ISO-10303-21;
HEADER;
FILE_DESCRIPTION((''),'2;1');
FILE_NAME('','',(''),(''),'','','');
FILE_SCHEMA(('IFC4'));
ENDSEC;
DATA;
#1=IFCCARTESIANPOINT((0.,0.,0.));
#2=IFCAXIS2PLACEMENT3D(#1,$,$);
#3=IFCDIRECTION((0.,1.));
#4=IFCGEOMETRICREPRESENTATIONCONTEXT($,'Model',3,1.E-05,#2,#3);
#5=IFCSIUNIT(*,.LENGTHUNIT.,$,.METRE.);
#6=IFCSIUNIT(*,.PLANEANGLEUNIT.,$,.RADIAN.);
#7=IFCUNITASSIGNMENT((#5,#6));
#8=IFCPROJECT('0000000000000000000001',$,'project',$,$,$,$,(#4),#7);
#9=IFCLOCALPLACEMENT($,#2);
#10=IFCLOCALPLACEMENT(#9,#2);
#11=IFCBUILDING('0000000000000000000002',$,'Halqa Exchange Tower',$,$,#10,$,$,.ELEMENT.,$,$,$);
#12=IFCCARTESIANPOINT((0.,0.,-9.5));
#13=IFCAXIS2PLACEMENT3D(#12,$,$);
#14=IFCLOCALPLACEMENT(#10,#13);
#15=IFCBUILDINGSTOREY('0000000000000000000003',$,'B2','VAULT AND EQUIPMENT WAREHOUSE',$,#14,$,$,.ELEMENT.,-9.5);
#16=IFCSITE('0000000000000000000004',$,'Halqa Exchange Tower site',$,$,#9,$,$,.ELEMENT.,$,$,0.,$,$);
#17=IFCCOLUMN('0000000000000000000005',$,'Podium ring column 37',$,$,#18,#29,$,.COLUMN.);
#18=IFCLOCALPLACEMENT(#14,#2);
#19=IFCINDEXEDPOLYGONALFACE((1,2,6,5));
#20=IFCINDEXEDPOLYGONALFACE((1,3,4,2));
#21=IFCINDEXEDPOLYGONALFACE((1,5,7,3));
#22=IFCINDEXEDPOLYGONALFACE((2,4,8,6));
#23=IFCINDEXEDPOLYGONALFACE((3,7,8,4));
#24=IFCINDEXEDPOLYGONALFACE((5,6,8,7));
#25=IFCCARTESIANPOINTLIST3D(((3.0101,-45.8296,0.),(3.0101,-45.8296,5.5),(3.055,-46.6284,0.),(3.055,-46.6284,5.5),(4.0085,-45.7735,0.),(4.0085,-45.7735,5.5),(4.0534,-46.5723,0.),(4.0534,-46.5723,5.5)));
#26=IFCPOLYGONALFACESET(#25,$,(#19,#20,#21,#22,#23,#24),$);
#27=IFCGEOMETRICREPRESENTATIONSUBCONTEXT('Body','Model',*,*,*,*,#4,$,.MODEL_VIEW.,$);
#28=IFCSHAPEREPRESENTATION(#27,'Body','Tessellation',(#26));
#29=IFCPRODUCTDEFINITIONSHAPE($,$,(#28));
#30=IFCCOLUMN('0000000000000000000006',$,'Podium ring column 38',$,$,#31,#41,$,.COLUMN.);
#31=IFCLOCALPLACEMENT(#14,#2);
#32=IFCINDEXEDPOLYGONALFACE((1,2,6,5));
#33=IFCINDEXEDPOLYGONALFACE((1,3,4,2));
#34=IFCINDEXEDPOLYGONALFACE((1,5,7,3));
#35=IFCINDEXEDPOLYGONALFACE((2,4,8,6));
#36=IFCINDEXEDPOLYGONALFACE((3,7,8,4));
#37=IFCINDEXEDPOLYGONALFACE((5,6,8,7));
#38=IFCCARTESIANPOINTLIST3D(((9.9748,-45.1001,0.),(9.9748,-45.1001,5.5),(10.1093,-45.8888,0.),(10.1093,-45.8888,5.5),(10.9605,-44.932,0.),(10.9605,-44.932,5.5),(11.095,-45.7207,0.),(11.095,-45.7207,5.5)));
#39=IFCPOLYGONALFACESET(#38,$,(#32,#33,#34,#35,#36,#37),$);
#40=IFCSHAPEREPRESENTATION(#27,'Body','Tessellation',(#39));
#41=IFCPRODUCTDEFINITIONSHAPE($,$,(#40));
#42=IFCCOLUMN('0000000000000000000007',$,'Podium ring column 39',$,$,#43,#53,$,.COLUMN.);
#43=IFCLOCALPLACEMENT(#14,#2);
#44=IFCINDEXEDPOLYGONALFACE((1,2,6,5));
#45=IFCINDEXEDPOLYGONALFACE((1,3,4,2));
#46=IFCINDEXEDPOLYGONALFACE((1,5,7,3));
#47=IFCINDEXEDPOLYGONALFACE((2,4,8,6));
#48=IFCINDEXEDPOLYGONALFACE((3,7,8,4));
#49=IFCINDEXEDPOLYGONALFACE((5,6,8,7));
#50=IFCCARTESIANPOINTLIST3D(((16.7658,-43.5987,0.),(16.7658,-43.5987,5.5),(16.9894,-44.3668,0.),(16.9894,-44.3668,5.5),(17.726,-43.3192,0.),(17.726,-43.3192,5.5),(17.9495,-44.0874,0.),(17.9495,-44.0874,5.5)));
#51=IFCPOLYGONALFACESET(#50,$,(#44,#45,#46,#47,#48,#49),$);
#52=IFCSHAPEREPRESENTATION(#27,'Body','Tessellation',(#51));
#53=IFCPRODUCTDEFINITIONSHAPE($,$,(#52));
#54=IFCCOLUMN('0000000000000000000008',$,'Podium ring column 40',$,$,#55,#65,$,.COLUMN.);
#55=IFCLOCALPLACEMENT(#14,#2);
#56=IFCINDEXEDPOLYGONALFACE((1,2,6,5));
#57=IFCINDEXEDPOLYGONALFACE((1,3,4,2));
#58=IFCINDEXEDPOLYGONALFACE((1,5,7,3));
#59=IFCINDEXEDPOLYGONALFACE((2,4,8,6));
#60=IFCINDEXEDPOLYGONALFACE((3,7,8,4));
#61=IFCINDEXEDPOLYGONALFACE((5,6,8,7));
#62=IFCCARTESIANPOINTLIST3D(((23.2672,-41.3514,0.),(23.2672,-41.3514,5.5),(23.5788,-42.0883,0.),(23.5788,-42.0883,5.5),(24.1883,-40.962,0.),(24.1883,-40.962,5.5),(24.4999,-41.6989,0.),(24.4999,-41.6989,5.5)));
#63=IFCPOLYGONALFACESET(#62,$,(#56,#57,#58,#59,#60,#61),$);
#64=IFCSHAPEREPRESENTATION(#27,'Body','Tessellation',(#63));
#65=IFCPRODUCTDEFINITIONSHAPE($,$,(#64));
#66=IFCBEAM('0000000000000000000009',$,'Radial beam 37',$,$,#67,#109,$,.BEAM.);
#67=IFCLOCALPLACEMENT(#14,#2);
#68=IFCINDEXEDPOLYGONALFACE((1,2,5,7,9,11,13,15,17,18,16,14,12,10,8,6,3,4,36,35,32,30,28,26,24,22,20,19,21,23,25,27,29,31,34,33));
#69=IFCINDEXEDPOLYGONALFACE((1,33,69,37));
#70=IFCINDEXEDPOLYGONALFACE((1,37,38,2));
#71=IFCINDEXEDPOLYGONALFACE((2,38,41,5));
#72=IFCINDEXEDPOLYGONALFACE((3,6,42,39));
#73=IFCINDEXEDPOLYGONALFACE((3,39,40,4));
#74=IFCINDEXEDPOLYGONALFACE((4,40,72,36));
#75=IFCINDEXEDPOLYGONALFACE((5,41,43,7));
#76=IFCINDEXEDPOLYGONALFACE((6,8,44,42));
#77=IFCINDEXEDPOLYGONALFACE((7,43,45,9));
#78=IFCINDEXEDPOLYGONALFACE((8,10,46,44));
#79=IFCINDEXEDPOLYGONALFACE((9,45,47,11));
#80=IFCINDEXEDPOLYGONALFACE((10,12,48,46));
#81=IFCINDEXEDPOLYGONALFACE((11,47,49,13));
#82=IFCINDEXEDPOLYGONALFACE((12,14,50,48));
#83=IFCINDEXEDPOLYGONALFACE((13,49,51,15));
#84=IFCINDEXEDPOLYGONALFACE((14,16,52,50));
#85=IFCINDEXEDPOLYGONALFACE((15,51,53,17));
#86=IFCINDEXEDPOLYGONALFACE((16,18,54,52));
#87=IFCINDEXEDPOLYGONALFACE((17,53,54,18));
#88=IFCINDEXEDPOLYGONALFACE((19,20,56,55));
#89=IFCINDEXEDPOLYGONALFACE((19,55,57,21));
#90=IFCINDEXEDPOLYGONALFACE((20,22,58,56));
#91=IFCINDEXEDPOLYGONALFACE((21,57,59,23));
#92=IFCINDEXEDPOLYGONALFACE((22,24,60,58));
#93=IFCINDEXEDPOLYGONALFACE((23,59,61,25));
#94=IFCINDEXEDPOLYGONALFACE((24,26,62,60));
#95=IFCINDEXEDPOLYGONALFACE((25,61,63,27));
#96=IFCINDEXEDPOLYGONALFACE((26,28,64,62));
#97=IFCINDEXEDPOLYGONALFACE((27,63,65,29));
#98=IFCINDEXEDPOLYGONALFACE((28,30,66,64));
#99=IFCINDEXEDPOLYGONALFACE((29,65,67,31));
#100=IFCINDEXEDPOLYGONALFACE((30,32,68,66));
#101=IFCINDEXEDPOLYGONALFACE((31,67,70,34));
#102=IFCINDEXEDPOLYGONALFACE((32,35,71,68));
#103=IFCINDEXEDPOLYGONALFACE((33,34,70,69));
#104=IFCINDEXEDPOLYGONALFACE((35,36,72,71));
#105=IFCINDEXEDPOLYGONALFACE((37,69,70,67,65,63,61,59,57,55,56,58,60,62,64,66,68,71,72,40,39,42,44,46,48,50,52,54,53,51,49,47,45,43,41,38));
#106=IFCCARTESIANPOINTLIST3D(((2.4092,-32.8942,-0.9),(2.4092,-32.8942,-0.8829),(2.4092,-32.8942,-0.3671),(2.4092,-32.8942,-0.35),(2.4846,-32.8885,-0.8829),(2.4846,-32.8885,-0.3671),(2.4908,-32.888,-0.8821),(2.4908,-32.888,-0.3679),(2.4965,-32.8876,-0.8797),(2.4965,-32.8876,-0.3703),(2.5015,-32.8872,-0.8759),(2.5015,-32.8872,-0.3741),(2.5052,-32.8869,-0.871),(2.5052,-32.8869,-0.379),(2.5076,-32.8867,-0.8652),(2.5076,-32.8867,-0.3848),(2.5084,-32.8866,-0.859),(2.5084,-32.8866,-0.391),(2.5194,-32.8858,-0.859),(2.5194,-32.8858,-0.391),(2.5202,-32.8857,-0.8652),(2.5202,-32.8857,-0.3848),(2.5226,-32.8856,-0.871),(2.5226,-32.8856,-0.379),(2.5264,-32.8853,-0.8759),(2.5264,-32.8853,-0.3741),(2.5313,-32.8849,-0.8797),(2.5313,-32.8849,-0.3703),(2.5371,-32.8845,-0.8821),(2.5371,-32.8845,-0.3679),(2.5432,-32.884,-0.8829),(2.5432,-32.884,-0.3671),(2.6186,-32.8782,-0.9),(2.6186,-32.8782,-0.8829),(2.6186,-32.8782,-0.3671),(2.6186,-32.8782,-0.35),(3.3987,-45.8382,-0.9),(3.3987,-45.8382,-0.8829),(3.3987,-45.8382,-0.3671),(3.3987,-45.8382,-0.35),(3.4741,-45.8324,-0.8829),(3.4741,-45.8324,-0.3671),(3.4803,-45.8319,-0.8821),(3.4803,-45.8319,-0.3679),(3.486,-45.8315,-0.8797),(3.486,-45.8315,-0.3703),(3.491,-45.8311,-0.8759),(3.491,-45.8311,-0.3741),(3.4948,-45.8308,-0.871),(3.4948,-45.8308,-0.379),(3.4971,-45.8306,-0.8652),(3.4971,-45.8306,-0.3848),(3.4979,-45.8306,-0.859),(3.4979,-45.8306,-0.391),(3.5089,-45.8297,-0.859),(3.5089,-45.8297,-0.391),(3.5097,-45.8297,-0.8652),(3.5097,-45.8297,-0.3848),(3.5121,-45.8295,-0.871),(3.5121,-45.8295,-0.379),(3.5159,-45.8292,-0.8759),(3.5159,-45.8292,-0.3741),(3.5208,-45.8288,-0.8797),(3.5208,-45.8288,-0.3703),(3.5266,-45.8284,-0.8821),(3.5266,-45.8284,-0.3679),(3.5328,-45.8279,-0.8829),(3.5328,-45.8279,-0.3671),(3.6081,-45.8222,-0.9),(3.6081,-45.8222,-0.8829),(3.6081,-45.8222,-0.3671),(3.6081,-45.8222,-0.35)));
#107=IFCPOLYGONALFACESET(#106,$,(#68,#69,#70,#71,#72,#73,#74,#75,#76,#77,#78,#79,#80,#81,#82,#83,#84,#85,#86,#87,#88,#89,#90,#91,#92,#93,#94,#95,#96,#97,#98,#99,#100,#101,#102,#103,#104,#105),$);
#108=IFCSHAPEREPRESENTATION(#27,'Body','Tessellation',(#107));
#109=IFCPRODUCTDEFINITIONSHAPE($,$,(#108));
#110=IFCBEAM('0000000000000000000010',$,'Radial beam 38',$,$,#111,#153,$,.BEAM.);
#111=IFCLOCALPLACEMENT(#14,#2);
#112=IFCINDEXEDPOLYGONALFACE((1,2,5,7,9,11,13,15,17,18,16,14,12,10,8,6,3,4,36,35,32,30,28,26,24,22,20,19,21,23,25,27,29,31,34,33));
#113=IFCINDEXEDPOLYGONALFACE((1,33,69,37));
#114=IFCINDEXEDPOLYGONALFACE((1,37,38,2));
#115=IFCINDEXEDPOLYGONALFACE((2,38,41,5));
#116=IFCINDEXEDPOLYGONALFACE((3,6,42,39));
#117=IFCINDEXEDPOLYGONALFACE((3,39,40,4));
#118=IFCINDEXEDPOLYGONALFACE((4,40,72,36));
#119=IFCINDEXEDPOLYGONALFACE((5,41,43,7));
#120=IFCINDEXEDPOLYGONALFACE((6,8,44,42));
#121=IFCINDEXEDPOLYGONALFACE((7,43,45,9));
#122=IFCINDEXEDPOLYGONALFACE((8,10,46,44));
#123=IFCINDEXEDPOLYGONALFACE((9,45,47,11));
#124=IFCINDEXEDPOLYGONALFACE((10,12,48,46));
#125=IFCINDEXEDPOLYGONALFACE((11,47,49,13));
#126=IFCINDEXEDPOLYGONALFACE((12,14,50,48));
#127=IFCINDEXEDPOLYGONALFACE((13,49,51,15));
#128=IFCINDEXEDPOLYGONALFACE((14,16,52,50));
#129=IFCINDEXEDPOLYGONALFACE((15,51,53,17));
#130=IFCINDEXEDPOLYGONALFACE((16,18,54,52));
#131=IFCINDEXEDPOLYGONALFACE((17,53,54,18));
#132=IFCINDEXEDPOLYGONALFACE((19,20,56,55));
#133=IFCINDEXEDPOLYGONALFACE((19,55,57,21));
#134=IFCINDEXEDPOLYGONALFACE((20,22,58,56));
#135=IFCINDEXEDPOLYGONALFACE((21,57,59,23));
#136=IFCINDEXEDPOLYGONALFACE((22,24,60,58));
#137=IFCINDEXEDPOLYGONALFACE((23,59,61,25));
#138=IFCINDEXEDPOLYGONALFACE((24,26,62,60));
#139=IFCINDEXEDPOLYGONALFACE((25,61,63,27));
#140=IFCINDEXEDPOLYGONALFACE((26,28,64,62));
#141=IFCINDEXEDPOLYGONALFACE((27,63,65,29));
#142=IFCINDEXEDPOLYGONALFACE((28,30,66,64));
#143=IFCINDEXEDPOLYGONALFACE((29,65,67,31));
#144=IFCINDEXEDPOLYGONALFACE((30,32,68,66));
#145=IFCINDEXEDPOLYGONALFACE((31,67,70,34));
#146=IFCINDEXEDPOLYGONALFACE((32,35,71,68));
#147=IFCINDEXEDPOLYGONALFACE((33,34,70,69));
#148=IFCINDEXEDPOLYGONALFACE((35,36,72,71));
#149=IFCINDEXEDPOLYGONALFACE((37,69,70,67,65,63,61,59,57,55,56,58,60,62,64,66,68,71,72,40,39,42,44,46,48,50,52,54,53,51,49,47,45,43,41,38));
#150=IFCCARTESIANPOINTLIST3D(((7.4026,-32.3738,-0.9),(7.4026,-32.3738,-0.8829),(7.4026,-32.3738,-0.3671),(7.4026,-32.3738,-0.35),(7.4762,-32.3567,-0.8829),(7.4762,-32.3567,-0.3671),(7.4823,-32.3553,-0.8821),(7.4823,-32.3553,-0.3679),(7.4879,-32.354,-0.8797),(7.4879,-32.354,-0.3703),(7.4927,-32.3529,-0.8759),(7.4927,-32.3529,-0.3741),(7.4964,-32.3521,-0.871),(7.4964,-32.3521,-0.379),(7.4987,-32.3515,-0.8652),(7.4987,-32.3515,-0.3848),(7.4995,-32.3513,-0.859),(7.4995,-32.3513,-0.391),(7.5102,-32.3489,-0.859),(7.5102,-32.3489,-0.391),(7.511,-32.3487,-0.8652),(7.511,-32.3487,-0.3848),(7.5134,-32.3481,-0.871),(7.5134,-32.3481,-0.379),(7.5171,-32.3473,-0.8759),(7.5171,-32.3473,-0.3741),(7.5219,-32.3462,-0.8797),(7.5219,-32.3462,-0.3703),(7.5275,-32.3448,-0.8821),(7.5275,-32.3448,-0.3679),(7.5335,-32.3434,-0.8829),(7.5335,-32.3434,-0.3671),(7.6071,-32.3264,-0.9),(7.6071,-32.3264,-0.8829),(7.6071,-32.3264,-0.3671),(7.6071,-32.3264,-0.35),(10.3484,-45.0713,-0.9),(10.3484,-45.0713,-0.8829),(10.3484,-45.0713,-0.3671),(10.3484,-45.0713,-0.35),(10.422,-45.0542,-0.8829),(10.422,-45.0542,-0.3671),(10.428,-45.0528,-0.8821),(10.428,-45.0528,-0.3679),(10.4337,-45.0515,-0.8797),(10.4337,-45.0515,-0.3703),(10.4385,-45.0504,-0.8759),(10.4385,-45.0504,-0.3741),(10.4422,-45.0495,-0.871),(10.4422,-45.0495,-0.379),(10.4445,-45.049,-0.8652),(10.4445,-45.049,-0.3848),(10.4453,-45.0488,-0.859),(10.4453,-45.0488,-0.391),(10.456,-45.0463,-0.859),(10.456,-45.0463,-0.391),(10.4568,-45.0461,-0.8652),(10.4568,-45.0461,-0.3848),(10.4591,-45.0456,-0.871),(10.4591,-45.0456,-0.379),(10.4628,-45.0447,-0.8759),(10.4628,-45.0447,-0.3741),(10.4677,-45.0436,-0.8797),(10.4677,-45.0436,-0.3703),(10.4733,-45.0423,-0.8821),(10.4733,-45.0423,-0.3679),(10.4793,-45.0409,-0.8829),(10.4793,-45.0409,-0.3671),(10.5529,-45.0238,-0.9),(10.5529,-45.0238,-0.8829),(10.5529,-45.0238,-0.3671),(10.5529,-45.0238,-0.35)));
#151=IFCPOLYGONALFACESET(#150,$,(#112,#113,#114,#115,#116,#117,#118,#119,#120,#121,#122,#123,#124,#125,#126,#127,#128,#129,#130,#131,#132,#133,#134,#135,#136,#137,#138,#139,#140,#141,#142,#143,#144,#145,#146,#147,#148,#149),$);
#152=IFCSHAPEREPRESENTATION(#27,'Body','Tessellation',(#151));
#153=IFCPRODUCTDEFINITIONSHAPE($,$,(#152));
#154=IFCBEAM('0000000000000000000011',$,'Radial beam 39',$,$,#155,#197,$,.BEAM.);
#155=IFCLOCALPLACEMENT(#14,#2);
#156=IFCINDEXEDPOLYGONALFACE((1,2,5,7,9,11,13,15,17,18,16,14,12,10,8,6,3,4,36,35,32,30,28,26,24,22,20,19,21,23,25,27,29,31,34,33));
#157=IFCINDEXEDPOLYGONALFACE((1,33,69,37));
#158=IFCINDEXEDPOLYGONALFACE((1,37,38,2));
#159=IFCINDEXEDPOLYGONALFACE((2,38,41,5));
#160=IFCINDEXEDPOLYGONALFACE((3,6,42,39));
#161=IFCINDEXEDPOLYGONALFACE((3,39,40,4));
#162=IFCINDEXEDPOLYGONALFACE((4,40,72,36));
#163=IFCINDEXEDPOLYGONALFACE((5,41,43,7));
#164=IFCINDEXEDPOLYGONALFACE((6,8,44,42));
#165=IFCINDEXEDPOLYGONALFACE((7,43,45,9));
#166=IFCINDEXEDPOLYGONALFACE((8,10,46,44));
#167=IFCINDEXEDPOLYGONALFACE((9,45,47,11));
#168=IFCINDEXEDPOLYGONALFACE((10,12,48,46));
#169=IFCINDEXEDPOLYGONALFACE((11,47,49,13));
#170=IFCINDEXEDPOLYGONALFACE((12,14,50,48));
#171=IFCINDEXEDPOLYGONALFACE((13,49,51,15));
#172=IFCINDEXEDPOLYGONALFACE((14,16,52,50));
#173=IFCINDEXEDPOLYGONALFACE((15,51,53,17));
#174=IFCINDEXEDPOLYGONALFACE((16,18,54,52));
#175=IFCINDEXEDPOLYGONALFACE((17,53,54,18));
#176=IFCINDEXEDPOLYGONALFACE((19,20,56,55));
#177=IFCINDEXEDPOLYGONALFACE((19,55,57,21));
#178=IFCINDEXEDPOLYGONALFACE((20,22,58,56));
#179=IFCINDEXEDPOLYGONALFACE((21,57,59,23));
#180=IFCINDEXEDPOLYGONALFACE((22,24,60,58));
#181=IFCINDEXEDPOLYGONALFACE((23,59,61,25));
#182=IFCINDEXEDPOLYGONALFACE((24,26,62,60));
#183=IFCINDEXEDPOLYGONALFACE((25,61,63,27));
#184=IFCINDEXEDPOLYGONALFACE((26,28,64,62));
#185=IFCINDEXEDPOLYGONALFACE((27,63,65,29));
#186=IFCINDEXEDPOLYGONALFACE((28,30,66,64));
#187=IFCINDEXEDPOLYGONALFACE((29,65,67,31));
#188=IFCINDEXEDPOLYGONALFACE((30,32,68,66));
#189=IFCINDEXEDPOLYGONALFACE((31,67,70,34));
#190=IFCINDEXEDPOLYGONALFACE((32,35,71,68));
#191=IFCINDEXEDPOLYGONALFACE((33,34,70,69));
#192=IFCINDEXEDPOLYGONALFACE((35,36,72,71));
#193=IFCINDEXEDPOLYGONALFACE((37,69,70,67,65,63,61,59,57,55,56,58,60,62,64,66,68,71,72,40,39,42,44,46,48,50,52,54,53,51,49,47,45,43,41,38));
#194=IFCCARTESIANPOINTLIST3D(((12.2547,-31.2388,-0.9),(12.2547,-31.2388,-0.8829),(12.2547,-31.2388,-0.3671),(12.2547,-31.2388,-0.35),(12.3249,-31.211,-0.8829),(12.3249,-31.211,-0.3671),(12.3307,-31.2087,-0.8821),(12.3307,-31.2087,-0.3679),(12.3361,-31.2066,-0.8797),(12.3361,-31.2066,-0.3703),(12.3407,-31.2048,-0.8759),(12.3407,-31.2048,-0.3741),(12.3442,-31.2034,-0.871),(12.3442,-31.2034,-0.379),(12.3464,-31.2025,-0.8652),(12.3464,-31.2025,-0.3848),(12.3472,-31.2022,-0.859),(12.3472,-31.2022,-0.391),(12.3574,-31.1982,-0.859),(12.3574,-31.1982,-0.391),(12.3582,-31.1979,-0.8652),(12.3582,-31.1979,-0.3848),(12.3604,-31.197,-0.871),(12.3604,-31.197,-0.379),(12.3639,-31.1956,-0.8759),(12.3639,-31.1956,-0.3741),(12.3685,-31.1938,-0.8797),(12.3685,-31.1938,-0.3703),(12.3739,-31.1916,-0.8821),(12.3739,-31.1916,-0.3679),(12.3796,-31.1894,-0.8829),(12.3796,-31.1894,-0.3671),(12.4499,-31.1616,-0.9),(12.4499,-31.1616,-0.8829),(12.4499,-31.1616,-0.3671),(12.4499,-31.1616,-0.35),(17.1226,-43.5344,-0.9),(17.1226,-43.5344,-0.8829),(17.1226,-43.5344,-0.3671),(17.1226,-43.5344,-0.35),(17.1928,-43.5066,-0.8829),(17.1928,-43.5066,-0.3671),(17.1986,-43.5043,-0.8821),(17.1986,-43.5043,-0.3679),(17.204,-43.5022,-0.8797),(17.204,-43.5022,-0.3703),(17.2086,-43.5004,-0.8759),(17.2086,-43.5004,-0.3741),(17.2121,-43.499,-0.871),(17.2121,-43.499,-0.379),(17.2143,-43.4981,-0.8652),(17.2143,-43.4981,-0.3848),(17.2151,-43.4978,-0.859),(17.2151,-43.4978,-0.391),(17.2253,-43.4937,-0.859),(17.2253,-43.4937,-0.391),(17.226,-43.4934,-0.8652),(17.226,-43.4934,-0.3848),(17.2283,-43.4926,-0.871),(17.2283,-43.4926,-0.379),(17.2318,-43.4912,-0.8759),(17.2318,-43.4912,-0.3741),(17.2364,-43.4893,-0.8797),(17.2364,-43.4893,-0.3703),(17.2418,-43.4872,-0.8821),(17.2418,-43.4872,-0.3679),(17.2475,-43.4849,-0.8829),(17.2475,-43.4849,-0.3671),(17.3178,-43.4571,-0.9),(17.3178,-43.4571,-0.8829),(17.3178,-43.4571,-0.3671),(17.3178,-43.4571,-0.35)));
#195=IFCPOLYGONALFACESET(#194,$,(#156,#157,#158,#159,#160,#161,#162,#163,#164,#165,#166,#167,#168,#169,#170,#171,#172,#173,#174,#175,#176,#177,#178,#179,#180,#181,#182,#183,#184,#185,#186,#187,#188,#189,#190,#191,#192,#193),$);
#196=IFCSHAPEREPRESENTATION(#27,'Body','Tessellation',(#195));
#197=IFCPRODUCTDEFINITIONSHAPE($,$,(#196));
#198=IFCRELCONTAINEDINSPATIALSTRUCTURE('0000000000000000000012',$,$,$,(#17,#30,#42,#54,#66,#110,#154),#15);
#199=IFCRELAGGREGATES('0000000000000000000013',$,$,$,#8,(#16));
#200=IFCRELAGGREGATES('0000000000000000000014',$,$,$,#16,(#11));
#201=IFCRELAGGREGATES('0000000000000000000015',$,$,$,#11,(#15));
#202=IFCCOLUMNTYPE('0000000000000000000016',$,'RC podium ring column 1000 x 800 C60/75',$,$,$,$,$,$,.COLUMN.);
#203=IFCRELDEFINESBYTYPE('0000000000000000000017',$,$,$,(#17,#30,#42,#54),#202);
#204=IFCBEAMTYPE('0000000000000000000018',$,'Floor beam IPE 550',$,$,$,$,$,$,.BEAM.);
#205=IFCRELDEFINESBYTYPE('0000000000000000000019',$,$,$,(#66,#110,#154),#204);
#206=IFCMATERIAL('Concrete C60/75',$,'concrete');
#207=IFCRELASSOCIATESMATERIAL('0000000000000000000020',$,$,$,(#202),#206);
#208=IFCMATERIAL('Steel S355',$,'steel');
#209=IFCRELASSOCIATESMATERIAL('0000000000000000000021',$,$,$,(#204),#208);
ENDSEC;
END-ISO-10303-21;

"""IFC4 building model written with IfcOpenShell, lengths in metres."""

from ifc_helpers import new_model, si_unit, direction, frame, origin, origin_2d, place, context, subcontext, project, spatial, rectangle, i_section, extrude, material, material_profile, profile_set, type_object, element, save


model = new_model("IFC4")

# Units and contexts
model_context = context("Model", 3, precision=1e-05, world=origin(), true_north=direction((0.0, 1.0)))
body_context = subcontext(model_context, "Body", "Model", "MODEL_VIEW")
ifc_project = project(units=[si_unit("LENGTHUNIT", "METRE"), si_unit("PLANEANGLEUNIT", "RADIAN")], contexts=[model_context])

# Site, building, storey
site_placement = place(None, origin())
site = spatial("IfcSite", under=ifc_project, at=site_placement, Name="Halqa Exchange Tower site", CompositionType="ELEMENT", RefElevation=0.0)
building_placement = place(site_placement, origin())
building = spatial("IfcBuilding", under=site, at=building_placement, Name="Halqa Exchange Tower", CompositionType="ELEMENT")
storey_placement = place(building_placement, frame((0.0, 0.0, -9.5)))
storey = spatial("IfcBuildingStorey", under=building, at=storey_placement, Name="B2", Description="VAULT AND EQUIPMENT WAREHOUSE", CompositionType="ELEMENT", Elevation=-9.5)

# Columns
ifc_material_1 = material(Name="Concrete C60/75", Category="concrete")
ifc_material_profile_1 = material_profile(ifc_material_1, rectangle(XDim=1.0, YDim=0.8, at=origin_2d()), Name="1000 x 800")
ifc_profile_set_1 = profile_set([ifc_material_profile_1], Name="Concrete C60/75")
column_type = type_object("IfcColumnType", Name="RC podium ring column 1000 x 800 C60/75", PredefinedType="COLUMN", material=ifc_profile_set_1)
for number, where, z_axis, x_axis, name in (
    (1, (3.5317, -46.2009, 0.0), (0.0, 0.0, 1.0), (0.998425, 0.056107, 0.0), "Podium ring column 37"),
    (2, (10.5349, -45.4104, 0.0), (0.0, 0.0, 1.0), (0.985766, 0.168121, 0.0), "Podium ring column 38"),
    (3, (17.3577, -43.843, 0.0), (0.0, 0.0, 1.0), (0.960158, 0.279459, 0.0), "Podium ring column 39"),
    (4, (23.8835, -41.5251, 0.0), (0.0, 0.0, 1.0), (0.921048, 0.389449, 0.0), "Podium ring column 40"),
):
    element("IfcColumn", number, at=place(storey_placement, frame(where, z_axis=z_axis, x_axis=x_axis)), inside=storey, type_object=column_type, Name=name, PredefinedType="COLUMN", context=body_context, shape_type="SweptSolid", body=[
        extrude(rectangle(XDim=1.0, YDim=0.8, at=origin_2d()), origin(), (0.0, 0.0, 1.0), 5.5),
    ])

# Beams
ifc_material_2 = material(Name="Steel S355", Category="steel")
ifc_material_profile_2 = material_profile(ifc_material_2, i_section(OverallWidth=0.21, OverallDepth=0.55, WebThickness=0.011, FlangeThickness=0.0171, FilletRadius=0.0239, at=origin_2d()), Name="IPE 550")
ifc_profile_set_2 = profile_set([ifc_material_profile_2], Name="Steel S355")
beam_type_1 = type_object("IfcBeamType", Name="Floor beam IPE 550", PredefinedType="BEAM", material=ifc_profile_set_2)
beam_1_placement = place(storey_placement, frame((2.5139, -32.8862, -0.625), z_axis=(0.076223, -0.997091, 0.0), x_axis=(0.997091, 0.076223, 0.0)))
element("IfcBeam", 5, at=beam_1_placement, inside=storey, type_object=beam_type_1, Name="Radial beam 37", PredefinedType="BEAM", context=body_context, shape_type="SweptSolid", body=[
    extrude(i_section(OverallWidth=0.21, OverallDepth=0.55, WebThickness=0.011, FlangeThickness=0.0171, FilletRadius=0.0239, at=origin_2d()), origin(), (0.0, 0.0, 1.0), 12.9817),
])
beam_2_placement = place(storey_placement, frame((7.5049, -32.3501, -0.625), z_axis=(0.225996, -0.974128, 0.0), x_axis=(0.974128, 0.225996, 0.0)))
element("IfcBeam", 6, at=beam_2_placement, inside=storey, type_object=beam_type_1, Name="Radial beam 38", PredefinedType="BEAM", context=body_context, shape_type="SweptSolid", body=[
    extrude(i_section(OverallWidth=0.21, OverallDepth=0.55, WebThickness=0.011, FlangeThickness=0.0171, FilletRadius=0.0239, at=origin_2d()), origin(), (0.0, 0.0, 1.0), 13.0347),
])
beam_3_placement = place(storey_placement, frame((12.3523, -31.2002, -0.625), z_axis=(0.368107, -0.929784, 0.0), x_axis=(0.929784, 0.368107, 0.0)))
element("IfcBeam", 7, at=beam_3_placement, inside=storey, type_object=beam_type_1, Name="Radial beam 39", PredefinedType="BEAM", context=body_context, shape_type="SweptSolid", body=[
    extrude(i_section(OverallWidth=0.21, OverallDepth=0.55, WebThickness=0.011, FlangeThickness=0.0171, FilletRadius=0.0239, at=origin_2d()), origin(), (0.0, 0.0, 1.0), 13.2241),
])

save(model, "model.ifc")
